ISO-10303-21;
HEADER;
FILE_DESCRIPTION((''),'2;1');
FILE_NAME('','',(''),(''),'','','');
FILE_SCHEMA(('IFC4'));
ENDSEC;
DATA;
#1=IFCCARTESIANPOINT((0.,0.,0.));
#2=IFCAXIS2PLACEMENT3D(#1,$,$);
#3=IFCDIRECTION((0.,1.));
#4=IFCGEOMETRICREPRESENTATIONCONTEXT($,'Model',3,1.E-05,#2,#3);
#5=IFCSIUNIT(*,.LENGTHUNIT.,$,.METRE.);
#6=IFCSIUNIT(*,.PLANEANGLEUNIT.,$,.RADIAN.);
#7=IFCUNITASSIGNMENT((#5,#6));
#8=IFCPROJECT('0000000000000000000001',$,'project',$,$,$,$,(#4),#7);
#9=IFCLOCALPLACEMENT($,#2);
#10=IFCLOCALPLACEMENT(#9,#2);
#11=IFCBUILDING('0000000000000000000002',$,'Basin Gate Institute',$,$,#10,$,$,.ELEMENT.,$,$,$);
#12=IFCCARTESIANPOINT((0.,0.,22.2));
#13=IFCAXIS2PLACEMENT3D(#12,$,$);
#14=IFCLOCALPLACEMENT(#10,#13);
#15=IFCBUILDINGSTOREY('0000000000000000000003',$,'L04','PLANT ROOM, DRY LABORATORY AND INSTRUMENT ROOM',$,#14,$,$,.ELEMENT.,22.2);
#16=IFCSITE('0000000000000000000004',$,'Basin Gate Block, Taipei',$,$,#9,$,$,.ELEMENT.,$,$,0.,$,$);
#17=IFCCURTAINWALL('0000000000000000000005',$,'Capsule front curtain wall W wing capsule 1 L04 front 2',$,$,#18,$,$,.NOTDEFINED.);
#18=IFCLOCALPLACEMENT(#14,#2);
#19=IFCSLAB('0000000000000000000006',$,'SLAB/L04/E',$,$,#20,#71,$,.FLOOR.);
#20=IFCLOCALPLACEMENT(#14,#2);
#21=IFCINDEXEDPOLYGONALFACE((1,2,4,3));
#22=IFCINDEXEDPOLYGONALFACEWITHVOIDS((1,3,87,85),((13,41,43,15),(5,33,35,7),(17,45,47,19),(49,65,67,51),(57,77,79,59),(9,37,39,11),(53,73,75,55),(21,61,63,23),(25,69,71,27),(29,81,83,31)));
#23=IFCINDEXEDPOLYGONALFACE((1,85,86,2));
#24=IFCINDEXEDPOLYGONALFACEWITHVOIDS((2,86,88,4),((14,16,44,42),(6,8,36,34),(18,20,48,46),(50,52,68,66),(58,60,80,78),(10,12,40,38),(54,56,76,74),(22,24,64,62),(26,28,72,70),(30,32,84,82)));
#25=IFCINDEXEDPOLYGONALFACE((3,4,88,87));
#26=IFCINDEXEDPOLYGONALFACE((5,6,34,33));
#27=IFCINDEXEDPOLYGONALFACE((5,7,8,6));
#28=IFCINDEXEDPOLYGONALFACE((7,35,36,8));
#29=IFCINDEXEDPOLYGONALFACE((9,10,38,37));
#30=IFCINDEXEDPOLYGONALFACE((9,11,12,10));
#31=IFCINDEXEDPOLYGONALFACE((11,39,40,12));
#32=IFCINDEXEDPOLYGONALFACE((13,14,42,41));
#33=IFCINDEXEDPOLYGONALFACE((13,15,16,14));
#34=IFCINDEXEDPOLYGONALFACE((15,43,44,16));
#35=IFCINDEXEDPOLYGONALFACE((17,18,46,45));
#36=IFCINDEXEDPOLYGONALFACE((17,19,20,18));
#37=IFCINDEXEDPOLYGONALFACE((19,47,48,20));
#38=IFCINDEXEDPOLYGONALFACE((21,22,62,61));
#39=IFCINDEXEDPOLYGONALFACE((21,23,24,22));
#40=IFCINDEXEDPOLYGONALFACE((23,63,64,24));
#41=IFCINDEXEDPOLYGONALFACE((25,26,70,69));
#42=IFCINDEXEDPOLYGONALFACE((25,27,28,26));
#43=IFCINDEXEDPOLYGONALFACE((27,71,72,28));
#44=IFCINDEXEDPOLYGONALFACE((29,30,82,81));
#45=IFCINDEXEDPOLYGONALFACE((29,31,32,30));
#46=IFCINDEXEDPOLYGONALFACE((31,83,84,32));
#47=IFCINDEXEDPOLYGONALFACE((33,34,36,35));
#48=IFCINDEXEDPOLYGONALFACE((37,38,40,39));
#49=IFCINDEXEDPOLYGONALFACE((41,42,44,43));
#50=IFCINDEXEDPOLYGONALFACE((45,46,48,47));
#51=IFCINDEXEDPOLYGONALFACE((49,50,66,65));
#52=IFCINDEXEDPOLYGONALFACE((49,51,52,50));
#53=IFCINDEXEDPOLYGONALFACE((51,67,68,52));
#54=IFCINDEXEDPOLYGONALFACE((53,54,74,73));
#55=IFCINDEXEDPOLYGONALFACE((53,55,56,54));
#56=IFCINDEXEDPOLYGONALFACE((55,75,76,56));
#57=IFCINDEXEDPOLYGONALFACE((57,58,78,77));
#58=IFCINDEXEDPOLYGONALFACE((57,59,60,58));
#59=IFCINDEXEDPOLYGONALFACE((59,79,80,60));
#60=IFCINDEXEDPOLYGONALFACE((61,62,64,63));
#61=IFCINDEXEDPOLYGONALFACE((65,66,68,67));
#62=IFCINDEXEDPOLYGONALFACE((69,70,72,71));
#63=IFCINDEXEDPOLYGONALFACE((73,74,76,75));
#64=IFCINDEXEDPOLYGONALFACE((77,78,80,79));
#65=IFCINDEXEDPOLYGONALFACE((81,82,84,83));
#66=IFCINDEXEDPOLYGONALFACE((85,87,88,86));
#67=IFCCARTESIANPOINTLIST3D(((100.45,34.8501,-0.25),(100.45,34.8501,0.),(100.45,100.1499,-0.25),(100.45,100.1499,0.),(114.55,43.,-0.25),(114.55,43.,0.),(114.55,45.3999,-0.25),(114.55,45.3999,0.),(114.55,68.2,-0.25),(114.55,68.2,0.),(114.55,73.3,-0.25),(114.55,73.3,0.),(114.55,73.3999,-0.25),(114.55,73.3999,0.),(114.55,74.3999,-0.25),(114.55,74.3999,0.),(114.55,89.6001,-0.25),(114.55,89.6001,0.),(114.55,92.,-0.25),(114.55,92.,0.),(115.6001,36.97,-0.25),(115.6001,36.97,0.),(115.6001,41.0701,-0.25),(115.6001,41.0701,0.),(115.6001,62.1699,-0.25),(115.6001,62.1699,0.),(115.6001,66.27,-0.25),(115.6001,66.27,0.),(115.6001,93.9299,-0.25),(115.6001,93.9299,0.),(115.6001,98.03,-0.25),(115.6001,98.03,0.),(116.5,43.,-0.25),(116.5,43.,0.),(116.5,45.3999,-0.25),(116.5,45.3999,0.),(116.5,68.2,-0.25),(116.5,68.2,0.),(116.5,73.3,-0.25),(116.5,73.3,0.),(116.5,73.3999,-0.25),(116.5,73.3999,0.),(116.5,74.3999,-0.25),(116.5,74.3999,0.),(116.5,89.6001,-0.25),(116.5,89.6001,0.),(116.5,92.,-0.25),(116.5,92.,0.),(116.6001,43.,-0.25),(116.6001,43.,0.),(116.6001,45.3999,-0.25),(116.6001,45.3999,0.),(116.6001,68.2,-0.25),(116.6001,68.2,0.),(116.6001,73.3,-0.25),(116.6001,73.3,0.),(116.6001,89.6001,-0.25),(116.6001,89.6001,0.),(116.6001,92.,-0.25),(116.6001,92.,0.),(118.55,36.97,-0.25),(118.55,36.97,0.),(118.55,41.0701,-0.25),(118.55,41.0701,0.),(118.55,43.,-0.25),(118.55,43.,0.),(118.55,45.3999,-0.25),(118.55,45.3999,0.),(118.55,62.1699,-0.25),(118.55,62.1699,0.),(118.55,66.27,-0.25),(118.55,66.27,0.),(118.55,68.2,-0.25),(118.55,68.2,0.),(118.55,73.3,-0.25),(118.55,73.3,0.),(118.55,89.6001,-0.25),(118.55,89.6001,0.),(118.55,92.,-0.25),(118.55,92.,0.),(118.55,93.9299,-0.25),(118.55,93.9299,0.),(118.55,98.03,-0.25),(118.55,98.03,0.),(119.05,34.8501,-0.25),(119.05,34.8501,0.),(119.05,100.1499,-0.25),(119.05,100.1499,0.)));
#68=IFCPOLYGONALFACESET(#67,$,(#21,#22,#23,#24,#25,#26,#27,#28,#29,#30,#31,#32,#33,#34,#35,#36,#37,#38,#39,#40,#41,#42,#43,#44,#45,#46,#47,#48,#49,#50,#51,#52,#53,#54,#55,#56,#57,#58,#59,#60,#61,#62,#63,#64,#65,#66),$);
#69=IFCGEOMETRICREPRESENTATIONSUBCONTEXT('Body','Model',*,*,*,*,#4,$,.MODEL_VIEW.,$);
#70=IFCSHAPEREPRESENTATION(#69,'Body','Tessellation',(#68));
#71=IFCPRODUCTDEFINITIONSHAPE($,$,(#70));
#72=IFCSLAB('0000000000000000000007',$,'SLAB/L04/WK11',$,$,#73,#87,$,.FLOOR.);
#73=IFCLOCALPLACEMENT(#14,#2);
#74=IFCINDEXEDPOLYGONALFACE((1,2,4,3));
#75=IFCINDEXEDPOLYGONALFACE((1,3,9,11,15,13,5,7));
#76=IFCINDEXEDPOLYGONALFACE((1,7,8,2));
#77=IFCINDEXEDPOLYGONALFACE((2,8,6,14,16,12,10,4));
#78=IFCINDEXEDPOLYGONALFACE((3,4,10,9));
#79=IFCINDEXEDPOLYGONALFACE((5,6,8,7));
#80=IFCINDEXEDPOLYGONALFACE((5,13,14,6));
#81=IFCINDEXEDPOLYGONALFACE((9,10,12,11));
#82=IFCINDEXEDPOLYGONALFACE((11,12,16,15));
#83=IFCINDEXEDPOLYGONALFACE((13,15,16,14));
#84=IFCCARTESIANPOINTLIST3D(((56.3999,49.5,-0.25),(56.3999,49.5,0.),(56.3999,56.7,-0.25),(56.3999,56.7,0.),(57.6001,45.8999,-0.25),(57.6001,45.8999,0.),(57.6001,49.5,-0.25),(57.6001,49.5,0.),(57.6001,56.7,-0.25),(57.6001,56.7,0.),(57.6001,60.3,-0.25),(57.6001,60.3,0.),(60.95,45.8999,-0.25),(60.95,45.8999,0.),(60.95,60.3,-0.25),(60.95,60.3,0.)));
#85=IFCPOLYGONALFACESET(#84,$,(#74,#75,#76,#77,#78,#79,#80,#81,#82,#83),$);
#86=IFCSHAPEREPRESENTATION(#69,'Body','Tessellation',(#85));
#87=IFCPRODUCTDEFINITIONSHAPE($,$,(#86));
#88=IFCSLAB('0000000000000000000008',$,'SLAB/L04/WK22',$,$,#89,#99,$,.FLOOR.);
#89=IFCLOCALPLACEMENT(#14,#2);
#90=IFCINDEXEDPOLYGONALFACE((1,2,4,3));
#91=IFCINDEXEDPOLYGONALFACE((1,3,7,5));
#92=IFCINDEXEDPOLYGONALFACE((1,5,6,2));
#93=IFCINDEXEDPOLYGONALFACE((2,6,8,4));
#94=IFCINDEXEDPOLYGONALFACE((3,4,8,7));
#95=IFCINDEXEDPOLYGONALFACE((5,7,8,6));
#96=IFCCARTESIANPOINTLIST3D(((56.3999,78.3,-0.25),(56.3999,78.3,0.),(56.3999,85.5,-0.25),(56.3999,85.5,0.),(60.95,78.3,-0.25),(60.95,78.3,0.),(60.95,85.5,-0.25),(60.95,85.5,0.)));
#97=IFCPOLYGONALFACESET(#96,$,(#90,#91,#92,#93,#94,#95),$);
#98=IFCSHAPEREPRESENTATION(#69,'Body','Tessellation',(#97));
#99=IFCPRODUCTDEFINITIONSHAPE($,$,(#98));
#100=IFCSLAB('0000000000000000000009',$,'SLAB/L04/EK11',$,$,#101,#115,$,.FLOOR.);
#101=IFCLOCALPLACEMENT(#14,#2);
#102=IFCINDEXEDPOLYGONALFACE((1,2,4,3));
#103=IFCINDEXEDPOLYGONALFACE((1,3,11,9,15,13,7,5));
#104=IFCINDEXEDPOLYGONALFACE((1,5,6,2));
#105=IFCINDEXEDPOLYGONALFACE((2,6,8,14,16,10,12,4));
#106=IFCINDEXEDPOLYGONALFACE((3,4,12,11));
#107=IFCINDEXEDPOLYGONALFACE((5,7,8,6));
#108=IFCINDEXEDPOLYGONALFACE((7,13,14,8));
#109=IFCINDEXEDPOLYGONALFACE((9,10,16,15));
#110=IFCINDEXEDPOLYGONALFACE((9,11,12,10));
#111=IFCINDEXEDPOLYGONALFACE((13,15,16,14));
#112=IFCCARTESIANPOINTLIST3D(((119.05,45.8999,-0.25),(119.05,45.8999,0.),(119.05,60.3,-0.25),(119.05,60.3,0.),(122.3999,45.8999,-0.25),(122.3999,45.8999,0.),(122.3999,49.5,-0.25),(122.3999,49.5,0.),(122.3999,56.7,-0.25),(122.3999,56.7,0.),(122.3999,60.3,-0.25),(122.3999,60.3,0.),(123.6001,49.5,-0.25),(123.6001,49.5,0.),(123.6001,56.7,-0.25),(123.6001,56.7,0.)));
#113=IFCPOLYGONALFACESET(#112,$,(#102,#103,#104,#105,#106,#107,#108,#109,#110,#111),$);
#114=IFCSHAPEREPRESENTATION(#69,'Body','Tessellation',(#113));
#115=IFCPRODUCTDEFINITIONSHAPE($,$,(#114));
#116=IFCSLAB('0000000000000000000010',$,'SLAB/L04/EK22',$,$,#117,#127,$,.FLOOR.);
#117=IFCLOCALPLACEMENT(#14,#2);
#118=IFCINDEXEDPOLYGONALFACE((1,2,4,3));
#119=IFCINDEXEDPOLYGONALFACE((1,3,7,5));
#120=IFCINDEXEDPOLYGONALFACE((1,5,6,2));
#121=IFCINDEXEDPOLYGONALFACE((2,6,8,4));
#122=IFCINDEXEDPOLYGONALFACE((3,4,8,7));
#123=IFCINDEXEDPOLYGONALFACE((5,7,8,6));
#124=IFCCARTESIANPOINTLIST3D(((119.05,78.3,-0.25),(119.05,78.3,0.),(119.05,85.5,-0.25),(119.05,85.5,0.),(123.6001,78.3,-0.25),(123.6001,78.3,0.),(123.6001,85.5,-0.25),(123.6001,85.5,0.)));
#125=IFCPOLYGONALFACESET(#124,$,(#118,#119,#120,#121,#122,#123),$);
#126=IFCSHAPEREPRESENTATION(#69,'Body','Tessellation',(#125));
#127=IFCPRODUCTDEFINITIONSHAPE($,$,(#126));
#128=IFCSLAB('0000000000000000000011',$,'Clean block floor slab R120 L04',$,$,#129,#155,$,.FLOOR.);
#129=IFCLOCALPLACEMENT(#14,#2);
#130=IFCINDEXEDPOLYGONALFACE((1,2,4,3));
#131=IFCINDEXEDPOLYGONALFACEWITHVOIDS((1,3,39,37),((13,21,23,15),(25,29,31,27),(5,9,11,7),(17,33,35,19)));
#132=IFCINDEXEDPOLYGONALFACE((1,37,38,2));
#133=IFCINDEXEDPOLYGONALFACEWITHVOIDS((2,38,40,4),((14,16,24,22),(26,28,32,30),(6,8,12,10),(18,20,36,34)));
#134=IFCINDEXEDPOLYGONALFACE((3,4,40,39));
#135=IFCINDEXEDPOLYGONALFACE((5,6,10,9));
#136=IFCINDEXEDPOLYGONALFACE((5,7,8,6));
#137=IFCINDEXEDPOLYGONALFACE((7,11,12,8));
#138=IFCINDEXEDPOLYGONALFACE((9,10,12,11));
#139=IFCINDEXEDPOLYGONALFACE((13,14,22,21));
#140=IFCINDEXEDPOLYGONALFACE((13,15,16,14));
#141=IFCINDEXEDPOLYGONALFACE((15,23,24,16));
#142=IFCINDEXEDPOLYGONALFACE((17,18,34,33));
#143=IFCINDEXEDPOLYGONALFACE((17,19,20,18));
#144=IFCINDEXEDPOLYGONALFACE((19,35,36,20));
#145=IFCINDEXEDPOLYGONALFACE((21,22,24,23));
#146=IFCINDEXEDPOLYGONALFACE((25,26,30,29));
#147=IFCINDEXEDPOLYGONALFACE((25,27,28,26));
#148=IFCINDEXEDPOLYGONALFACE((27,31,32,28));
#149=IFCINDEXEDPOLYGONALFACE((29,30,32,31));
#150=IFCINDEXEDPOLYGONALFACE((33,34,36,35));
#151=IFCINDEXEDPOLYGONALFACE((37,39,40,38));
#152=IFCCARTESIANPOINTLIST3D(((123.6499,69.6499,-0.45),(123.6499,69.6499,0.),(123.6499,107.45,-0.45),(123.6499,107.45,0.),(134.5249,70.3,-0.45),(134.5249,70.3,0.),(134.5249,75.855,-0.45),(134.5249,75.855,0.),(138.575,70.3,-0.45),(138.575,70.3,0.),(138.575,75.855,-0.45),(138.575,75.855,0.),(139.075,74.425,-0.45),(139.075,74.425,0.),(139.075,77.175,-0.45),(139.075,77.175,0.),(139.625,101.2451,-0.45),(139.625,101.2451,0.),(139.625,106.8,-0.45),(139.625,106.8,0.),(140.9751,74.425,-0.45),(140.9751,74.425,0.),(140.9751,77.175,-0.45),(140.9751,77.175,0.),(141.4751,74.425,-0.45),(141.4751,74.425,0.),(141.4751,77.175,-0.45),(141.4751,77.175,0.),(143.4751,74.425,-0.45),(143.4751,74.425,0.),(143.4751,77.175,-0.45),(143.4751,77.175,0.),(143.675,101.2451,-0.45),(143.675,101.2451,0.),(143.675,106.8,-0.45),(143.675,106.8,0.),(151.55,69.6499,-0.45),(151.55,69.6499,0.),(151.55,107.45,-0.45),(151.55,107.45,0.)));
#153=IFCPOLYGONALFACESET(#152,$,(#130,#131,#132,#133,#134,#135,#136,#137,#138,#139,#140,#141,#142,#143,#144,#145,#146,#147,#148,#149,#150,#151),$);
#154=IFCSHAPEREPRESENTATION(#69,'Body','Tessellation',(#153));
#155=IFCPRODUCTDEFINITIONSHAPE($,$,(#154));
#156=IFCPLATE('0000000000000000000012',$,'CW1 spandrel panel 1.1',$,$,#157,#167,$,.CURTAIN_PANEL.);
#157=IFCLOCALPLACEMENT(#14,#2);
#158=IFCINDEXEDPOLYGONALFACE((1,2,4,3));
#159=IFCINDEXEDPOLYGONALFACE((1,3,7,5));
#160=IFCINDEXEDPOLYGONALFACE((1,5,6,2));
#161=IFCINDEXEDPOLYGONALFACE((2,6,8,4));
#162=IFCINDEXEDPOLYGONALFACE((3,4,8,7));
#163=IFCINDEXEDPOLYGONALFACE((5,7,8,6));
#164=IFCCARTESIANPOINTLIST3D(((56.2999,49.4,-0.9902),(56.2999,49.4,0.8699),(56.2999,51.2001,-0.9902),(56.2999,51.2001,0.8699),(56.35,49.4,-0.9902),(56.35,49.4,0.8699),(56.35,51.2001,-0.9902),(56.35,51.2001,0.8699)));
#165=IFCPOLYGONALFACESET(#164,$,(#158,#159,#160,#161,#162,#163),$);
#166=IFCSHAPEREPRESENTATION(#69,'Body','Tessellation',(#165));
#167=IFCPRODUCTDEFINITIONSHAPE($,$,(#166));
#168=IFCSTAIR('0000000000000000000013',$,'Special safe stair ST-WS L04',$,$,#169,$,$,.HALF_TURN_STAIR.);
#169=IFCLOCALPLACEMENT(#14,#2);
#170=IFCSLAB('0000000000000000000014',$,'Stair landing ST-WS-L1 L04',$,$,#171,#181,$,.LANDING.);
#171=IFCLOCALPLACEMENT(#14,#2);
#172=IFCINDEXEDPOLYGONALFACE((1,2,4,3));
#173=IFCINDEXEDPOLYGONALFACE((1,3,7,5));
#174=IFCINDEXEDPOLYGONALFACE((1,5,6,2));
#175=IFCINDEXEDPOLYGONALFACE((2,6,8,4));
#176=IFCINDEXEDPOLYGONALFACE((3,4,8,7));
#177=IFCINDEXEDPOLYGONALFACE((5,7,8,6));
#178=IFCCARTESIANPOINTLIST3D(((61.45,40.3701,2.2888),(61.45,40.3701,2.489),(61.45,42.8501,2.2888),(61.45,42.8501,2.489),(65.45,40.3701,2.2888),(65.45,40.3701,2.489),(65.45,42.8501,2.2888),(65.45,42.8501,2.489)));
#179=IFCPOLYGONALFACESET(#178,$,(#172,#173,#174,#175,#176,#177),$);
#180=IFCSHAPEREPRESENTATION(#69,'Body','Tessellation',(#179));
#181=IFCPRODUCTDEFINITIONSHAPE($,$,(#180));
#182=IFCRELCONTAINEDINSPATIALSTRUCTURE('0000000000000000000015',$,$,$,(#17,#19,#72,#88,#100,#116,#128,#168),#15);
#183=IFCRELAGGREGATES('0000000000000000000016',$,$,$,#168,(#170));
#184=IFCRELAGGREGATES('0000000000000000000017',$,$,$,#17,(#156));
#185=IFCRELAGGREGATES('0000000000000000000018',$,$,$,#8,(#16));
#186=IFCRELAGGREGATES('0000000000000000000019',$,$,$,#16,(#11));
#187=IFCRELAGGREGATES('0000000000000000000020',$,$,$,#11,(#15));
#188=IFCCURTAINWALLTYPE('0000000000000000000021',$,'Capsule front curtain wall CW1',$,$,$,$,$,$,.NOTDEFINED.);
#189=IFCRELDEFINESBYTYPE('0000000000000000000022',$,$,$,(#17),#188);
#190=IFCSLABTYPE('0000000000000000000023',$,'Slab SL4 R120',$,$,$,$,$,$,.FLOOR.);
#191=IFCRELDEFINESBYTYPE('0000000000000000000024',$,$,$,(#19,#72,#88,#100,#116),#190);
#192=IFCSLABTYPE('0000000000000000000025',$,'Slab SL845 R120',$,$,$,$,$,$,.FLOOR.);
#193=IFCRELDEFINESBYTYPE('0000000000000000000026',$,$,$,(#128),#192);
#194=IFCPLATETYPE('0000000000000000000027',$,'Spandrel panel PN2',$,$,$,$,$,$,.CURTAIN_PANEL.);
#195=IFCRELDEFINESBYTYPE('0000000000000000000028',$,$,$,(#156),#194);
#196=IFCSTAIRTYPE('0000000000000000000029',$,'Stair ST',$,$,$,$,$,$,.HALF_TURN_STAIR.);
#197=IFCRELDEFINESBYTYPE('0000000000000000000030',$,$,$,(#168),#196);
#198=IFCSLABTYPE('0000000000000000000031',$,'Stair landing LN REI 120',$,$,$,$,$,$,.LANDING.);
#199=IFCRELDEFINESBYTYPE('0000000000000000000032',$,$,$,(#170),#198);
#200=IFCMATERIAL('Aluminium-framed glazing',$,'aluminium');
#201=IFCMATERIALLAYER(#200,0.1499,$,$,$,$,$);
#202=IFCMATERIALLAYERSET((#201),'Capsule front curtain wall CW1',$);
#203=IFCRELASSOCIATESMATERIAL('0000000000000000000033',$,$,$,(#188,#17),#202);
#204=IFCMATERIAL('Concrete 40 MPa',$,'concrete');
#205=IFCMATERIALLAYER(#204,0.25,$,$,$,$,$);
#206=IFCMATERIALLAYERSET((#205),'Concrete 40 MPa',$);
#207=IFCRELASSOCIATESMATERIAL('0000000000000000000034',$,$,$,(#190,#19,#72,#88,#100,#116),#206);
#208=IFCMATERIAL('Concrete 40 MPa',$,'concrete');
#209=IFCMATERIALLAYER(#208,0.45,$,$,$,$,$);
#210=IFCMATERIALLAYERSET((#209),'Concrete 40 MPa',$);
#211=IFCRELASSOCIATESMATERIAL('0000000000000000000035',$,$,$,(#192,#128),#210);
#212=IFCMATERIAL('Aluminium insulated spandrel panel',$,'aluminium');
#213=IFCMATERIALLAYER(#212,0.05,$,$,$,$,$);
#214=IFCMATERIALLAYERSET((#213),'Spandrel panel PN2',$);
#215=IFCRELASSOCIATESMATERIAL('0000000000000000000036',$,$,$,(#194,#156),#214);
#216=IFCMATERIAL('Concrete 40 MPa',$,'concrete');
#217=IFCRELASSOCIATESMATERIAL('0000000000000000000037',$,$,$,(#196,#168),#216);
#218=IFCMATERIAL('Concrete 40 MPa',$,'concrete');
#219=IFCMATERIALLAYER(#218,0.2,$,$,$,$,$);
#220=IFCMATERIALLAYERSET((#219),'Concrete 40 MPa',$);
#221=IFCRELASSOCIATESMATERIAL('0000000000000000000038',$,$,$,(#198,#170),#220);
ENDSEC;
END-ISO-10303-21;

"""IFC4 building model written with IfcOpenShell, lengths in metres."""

from ifc_helpers import new_model, si_unit, direction, frame, origin, origin_2d, place, context, subcontext, project, spatial, polyline, rectangle, outline, extrude, material, layer, layer_set, type_object, element, aggregate, save


model = new_model("IFC4")

# Units and contexts
model_context = context("Model", 3, precision=1e-05, world=origin(), true_north=direction((0.0, 1.0)))
body_context = subcontext(model_context, "Body", "Model", "MODEL_VIEW")
ifc_project = project(units=[si_unit("LENGTHUNIT", "METRE"), si_unit("PLANEANGLEUNIT", "RADIAN")], contexts=[model_context])

# Site, building, storey
site_placement = place(None, origin())
site = spatial("IfcSite", under=ifc_project, at=site_placement, Name="Basin Gate Block, Taipei", CompositionType="ELEMENT", RefElevation=0.0)
building_placement = place(site_placement, origin())
building = spatial("IfcBuilding", under=site, at=building_placement, Name="Basin Gate Institute", CompositionType="ELEMENT")
storey_placement = place(building_placement, frame((0.0, 0.0, 22.2)))
storey = spatial("IfcBuildingStorey", under=building, at=storey_placement, Name="L04", Description="PLANT ROOM, DRY LABORATORY AND INSTRUMENT ROOM", CompositionType="ELEMENT", Elevation=22.2)

# Curtain wall
ifc_material_1 = material(Name="Aluminium-framed glazing", Category="aluminium")
ifc_layer_1 = layer(ifc_material_1, 0.1499)
ifc_layer_set_1 = layer_set([ifc_layer_1], Name="Capsule front curtain wall CW1")
curtain_wall_type = type_object("IfcCurtainWallType", Name="Capsule front curtain wall CW1", PredefinedType="NOTDEFINED", material=ifc_layer_set_1)
curtain_wall_placement = place(storey_placement, origin())
curtain_wall = element("IfcCurtainWall", 1, at=curtain_wall_placement, inside=storey, type_object=curtain_wall_type, material=ifc_layer_set_1, Name="Capsule front curtain wall W wing capsule 1 L04 front 2", PredefinedType="NOTDEFINED")

# Slabs
ifc_material_2 = material(Name="Concrete 40 MPa", Category="concrete")
ifc_layer_2 = layer(ifc_material_2, 0.25)
ifc_layer_set_2 = layer_set([ifc_layer_2], Name="Concrete 40 MPa")
slab_type_1 = type_object("IfcSlabType", Name="Slab SL4 R120", PredefinedType="FLOOR", material=ifc_layer_set_2)
slab_1_placement = place(storey_placement, frame((0.0, 0.0, -0.25)))
element("IfcSlab", 2, at=slab_1_placement, inside=storey, type_object=slab_type_1, material=ifc_layer_set_2, Name="SLAB/L04/E", PredefinedType="FLOOR", context=body_context, shape_type="SweptSolid", body=[
    extrude(outline(polyline([(119.05, 100.1499), (100.45, 100.1499), (100.45, 34.8501), (119.05, 34.8501), (119.05, 100.1499)]), holes=[polyline([(118.55, 41.0701), (115.6001, 41.0701), (115.6001, 36.97), (118.55, 36.97), (118.55, 41.0701)]), polyline([(118.55, 66.27), (115.6001, 66.27), (115.6001, 62.1699), (118.55, 62.1699), (118.55, 66.27)]), polyline([(118.55, 98.03), (115.6001, 98.03), (115.6001, 93.9299), (118.55, 93.9299), (118.55, 98.03)]), polyline([(118.55, 45.3999), (116.6001, 45.3999), (116.6001, 43.0), (118.55, 43.0), (118.55, 45.3999)]), polyline([(118.55, 73.3), (116.6001, 73.3), (116.6001, 68.2), (118.55, 68.2), (118.55, 73.3)]), polyline([(116.5, 74.3999), (114.55, 74.3999), (114.55, 73.3999), (116.5, 73.3999), (116.5, 74.3999)]), polyline([(118.55, 92.0), (116.6001, 92.0), (116.6001, 89.6001), (118.55, 89.6001), (118.55, 92.0)]), polyline([(116.5, 45.3999), (114.55, 45.3999), (114.55, 43.0), (116.5, 43.0), (116.5, 45.3999)]), polyline([(116.5, 68.2), (114.55, 68.2), (114.55, 73.3), (116.5, 73.3), (116.5, 68.2)]), polyline([(116.5, 92.0), (114.55, 92.0), (114.55, 89.6001), (116.5, 89.6001), (116.5, 92.0)])]), origin(), (0.0, 0.0, 1.0), 0.25),
])
slab_2_placement = place(storey_placement, frame((0.0, 0.0, -0.25)))
element("IfcSlab", 3, at=slab_2_placement, inside=storey, type_object=slab_type_1, material=ifc_layer_set_2, Name="SLAB/L04/WK11", PredefinedType="FLOOR", context=body_context, shape_type="SweptSolid", body=[
    extrude(outline(polyline([(57.6001, 45.8999), (57.6001, 49.5), (56.3999, 49.5), (56.3999, 56.7), (57.6001, 56.7), (57.6001, 60.3), (60.95, 60.3), (60.95, 45.8999), (57.6001, 45.8999)])), origin(), (0.0, 0.0, 1.0), 0.25),
])
slab_3_placement = place(storey_placement, frame((0.0, 0.0, -0.25)))
element("IfcSlab", 4, at=slab_3_placement, inside=storey, type_object=slab_type_1, material=ifc_layer_set_2, Name="SLAB/L04/WK22", PredefinedType="FLOOR", context=body_context, shape_type="SweptSolid", body=[
    extrude(outline(polyline([(60.95, 78.3), (56.3999, 78.3), (56.3999, 85.5), (60.95, 85.5), (60.95, 78.3)])), origin(), (0.0, 0.0, 1.0), 0.25),
])
slab_4_placement = place(storey_placement, frame((0.0, 0.0, -0.25)))
element("IfcSlab", 5, at=slab_4_placement, inside=storey, type_object=slab_type_1, material=ifc_layer_set_2, Name="SLAB/L04/EK11", PredefinedType="FLOOR", context=body_context, shape_type="SweptSolid", body=[
    extrude(outline(polyline([(119.05, 45.8999), (119.05, 60.3), (122.3999, 60.3), (122.3999, 56.7), (123.6001, 56.7), (123.6001, 49.5), (122.3999, 49.5), (122.3999, 45.8999), (119.05, 45.8999)])), origin(), (0.0, 0.0, 1.0), 0.25),
])
slab_5_placement = place(storey_placement, frame((0.0, 0.0, -0.25)))
element("IfcSlab", 6, at=slab_5_placement, inside=storey, type_object=slab_type_1, material=ifc_layer_set_2, Name="SLAB/L04/EK22", PredefinedType="FLOOR", context=body_context, shape_type="SweptSolid", body=[
    extrude(outline(polyline([(123.6001, 78.3), (119.05, 78.3), (119.05, 85.5), (123.6001, 85.5), (123.6001, 78.3)])), origin(), (0.0, 0.0, 1.0), 0.25),
])
ifc_material_3 = material(Name="Concrete 40 MPa", Category="concrete")
ifc_layer_3 = layer(ifc_material_3, 0.45)
ifc_layer_set_3 = layer_set([ifc_layer_3], Name="Concrete 40 MPa")
slab_type_2 = type_object("IfcSlabType", Name="Slab SL845 R120", PredefinedType="FLOOR", material=ifc_layer_set_3)
slab_6_placement = place(storey_placement, frame((0.0, 0.0, -0.45)))
element("IfcSlab", 7, at=slab_6_placement, inside=storey, type_object=slab_type_2, material=ifc_layer_set_3, Name="Clean block floor slab R120 L04", PredefinedType="FLOOR", context=body_context, shape_type="SweptSolid", body=[
    extrude(outline(polyline([(123.6499, 107.45), (123.6499, 69.6499), (151.55, 69.6499), (151.55, 107.45), (123.6499, 107.45)]), holes=[polyline([(134.5249, 75.855), (138.575, 75.855), (138.575, 70.3), (134.5249, 70.3), (134.5249, 75.855)]), polyline([(139.075, 77.175), (140.9751, 77.175), (140.9751, 74.425), (139.075, 74.425), (139.075, 77.175)]), polyline([(141.4751, 77.175), (143.4751, 77.175), (143.4751, 74.425), (141.4751, 74.425), (141.4751, 77.175)]), polyline([(139.625, 106.8), (143.675, 106.8), (143.675, 101.2451), (139.625, 101.2451), (139.625, 106.8)])]), origin(), (0.0, 0.0, 1.0), 0.45),
])

# Plate
ifc_material_4 = material(Name="Aluminium insulated spandrel panel", Category="aluminium")
ifc_layer_4 = layer(ifc_material_4, 0.05)
ifc_layer_set_4 = layer_set([ifc_layer_4], Name="Spandrel panel PN2")
plate_type_1 = type_object("IfcPlateType", Name="Spandrel panel PN2", PredefinedType="CURTAIN_PANEL", material=ifc_layer_set_4)
plate_1_placement = place(storey_placement, frame((56.325, 50.3, -0.9902), z_axis=(0.0, 0.0, 1.0), x_axis=(0.0, 1.0, 0.0)))
plate_1 = element("IfcPlate", 8, at=plate_1_placement, type_object=plate_type_1, material=ifc_layer_set_4, Name="CW1 spandrel panel 1.1", PredefinedType="CURTAIN_PANEL", context=body_context, shape_type="SweptSolid", body=[
    extrude(rectangle(XDim=1.8, YDim=0.05, at=origin_2d()), origin(), (0.0, 0.0, 1.0), 1.8601),
])

# Stair, slab
ifc_material_5 = material(Name="Concrete 40 MPa", Category="concrete")
stair_type = type_object("IfcStairType", Name="Stair ST", PredefinedType="HALF_TURN_STAIR", material=ifc_material_5)
stair_1_placement = place(storey_placement, origin())
stair_1 = element("IfcStair", 9, at=stair_1_placement, inside=storey, type_object=stair_type, material=ifc_material_5, Name="Special safe stair ST-WS L04", PredefinedType="HALF_TURN_STAIR")
ifc_material_6 = material(Name="Concrete 40 MPa", Category="concrete")
ifc_layer_5 = layer(ifc_material_6, 0.2)
ifc_layer_set_5 = layer_set([ifc_layer_5], Name="Concrete 40 MPa")
slab_type_3 = type_object("IfcSlabType", Name="Stair landing LN REI 120", PredefinedType="LANDING", material=ifc_layer_set_5)
slab_7_placement = place(storey_placement, frame((0.0, 0.0, 2.2888)))
slab_7 = element("IfcSlab", 10, at=slab_7_placement, type_object=slab_type_3, material=ifc_layer_set_5, Name="Stair landing ST-WS-L1 L04", PredefinedType="LANDING", context=body_context, shape_type="SweptSolid", body=[
    extrude(outline(polyline([(61.45, 40.3701), (65.45, 40.3701), (65.45, 42.8501), (61.45, 42.8501), (61.45, 40.3701)])), origin(), (0.0, 0.0, 1.0), 0.2002),
])
aggregate(stair_1, [slab_7])

aggregate(curtain_wall, [plate_1])

save(model, "model.ifc")
